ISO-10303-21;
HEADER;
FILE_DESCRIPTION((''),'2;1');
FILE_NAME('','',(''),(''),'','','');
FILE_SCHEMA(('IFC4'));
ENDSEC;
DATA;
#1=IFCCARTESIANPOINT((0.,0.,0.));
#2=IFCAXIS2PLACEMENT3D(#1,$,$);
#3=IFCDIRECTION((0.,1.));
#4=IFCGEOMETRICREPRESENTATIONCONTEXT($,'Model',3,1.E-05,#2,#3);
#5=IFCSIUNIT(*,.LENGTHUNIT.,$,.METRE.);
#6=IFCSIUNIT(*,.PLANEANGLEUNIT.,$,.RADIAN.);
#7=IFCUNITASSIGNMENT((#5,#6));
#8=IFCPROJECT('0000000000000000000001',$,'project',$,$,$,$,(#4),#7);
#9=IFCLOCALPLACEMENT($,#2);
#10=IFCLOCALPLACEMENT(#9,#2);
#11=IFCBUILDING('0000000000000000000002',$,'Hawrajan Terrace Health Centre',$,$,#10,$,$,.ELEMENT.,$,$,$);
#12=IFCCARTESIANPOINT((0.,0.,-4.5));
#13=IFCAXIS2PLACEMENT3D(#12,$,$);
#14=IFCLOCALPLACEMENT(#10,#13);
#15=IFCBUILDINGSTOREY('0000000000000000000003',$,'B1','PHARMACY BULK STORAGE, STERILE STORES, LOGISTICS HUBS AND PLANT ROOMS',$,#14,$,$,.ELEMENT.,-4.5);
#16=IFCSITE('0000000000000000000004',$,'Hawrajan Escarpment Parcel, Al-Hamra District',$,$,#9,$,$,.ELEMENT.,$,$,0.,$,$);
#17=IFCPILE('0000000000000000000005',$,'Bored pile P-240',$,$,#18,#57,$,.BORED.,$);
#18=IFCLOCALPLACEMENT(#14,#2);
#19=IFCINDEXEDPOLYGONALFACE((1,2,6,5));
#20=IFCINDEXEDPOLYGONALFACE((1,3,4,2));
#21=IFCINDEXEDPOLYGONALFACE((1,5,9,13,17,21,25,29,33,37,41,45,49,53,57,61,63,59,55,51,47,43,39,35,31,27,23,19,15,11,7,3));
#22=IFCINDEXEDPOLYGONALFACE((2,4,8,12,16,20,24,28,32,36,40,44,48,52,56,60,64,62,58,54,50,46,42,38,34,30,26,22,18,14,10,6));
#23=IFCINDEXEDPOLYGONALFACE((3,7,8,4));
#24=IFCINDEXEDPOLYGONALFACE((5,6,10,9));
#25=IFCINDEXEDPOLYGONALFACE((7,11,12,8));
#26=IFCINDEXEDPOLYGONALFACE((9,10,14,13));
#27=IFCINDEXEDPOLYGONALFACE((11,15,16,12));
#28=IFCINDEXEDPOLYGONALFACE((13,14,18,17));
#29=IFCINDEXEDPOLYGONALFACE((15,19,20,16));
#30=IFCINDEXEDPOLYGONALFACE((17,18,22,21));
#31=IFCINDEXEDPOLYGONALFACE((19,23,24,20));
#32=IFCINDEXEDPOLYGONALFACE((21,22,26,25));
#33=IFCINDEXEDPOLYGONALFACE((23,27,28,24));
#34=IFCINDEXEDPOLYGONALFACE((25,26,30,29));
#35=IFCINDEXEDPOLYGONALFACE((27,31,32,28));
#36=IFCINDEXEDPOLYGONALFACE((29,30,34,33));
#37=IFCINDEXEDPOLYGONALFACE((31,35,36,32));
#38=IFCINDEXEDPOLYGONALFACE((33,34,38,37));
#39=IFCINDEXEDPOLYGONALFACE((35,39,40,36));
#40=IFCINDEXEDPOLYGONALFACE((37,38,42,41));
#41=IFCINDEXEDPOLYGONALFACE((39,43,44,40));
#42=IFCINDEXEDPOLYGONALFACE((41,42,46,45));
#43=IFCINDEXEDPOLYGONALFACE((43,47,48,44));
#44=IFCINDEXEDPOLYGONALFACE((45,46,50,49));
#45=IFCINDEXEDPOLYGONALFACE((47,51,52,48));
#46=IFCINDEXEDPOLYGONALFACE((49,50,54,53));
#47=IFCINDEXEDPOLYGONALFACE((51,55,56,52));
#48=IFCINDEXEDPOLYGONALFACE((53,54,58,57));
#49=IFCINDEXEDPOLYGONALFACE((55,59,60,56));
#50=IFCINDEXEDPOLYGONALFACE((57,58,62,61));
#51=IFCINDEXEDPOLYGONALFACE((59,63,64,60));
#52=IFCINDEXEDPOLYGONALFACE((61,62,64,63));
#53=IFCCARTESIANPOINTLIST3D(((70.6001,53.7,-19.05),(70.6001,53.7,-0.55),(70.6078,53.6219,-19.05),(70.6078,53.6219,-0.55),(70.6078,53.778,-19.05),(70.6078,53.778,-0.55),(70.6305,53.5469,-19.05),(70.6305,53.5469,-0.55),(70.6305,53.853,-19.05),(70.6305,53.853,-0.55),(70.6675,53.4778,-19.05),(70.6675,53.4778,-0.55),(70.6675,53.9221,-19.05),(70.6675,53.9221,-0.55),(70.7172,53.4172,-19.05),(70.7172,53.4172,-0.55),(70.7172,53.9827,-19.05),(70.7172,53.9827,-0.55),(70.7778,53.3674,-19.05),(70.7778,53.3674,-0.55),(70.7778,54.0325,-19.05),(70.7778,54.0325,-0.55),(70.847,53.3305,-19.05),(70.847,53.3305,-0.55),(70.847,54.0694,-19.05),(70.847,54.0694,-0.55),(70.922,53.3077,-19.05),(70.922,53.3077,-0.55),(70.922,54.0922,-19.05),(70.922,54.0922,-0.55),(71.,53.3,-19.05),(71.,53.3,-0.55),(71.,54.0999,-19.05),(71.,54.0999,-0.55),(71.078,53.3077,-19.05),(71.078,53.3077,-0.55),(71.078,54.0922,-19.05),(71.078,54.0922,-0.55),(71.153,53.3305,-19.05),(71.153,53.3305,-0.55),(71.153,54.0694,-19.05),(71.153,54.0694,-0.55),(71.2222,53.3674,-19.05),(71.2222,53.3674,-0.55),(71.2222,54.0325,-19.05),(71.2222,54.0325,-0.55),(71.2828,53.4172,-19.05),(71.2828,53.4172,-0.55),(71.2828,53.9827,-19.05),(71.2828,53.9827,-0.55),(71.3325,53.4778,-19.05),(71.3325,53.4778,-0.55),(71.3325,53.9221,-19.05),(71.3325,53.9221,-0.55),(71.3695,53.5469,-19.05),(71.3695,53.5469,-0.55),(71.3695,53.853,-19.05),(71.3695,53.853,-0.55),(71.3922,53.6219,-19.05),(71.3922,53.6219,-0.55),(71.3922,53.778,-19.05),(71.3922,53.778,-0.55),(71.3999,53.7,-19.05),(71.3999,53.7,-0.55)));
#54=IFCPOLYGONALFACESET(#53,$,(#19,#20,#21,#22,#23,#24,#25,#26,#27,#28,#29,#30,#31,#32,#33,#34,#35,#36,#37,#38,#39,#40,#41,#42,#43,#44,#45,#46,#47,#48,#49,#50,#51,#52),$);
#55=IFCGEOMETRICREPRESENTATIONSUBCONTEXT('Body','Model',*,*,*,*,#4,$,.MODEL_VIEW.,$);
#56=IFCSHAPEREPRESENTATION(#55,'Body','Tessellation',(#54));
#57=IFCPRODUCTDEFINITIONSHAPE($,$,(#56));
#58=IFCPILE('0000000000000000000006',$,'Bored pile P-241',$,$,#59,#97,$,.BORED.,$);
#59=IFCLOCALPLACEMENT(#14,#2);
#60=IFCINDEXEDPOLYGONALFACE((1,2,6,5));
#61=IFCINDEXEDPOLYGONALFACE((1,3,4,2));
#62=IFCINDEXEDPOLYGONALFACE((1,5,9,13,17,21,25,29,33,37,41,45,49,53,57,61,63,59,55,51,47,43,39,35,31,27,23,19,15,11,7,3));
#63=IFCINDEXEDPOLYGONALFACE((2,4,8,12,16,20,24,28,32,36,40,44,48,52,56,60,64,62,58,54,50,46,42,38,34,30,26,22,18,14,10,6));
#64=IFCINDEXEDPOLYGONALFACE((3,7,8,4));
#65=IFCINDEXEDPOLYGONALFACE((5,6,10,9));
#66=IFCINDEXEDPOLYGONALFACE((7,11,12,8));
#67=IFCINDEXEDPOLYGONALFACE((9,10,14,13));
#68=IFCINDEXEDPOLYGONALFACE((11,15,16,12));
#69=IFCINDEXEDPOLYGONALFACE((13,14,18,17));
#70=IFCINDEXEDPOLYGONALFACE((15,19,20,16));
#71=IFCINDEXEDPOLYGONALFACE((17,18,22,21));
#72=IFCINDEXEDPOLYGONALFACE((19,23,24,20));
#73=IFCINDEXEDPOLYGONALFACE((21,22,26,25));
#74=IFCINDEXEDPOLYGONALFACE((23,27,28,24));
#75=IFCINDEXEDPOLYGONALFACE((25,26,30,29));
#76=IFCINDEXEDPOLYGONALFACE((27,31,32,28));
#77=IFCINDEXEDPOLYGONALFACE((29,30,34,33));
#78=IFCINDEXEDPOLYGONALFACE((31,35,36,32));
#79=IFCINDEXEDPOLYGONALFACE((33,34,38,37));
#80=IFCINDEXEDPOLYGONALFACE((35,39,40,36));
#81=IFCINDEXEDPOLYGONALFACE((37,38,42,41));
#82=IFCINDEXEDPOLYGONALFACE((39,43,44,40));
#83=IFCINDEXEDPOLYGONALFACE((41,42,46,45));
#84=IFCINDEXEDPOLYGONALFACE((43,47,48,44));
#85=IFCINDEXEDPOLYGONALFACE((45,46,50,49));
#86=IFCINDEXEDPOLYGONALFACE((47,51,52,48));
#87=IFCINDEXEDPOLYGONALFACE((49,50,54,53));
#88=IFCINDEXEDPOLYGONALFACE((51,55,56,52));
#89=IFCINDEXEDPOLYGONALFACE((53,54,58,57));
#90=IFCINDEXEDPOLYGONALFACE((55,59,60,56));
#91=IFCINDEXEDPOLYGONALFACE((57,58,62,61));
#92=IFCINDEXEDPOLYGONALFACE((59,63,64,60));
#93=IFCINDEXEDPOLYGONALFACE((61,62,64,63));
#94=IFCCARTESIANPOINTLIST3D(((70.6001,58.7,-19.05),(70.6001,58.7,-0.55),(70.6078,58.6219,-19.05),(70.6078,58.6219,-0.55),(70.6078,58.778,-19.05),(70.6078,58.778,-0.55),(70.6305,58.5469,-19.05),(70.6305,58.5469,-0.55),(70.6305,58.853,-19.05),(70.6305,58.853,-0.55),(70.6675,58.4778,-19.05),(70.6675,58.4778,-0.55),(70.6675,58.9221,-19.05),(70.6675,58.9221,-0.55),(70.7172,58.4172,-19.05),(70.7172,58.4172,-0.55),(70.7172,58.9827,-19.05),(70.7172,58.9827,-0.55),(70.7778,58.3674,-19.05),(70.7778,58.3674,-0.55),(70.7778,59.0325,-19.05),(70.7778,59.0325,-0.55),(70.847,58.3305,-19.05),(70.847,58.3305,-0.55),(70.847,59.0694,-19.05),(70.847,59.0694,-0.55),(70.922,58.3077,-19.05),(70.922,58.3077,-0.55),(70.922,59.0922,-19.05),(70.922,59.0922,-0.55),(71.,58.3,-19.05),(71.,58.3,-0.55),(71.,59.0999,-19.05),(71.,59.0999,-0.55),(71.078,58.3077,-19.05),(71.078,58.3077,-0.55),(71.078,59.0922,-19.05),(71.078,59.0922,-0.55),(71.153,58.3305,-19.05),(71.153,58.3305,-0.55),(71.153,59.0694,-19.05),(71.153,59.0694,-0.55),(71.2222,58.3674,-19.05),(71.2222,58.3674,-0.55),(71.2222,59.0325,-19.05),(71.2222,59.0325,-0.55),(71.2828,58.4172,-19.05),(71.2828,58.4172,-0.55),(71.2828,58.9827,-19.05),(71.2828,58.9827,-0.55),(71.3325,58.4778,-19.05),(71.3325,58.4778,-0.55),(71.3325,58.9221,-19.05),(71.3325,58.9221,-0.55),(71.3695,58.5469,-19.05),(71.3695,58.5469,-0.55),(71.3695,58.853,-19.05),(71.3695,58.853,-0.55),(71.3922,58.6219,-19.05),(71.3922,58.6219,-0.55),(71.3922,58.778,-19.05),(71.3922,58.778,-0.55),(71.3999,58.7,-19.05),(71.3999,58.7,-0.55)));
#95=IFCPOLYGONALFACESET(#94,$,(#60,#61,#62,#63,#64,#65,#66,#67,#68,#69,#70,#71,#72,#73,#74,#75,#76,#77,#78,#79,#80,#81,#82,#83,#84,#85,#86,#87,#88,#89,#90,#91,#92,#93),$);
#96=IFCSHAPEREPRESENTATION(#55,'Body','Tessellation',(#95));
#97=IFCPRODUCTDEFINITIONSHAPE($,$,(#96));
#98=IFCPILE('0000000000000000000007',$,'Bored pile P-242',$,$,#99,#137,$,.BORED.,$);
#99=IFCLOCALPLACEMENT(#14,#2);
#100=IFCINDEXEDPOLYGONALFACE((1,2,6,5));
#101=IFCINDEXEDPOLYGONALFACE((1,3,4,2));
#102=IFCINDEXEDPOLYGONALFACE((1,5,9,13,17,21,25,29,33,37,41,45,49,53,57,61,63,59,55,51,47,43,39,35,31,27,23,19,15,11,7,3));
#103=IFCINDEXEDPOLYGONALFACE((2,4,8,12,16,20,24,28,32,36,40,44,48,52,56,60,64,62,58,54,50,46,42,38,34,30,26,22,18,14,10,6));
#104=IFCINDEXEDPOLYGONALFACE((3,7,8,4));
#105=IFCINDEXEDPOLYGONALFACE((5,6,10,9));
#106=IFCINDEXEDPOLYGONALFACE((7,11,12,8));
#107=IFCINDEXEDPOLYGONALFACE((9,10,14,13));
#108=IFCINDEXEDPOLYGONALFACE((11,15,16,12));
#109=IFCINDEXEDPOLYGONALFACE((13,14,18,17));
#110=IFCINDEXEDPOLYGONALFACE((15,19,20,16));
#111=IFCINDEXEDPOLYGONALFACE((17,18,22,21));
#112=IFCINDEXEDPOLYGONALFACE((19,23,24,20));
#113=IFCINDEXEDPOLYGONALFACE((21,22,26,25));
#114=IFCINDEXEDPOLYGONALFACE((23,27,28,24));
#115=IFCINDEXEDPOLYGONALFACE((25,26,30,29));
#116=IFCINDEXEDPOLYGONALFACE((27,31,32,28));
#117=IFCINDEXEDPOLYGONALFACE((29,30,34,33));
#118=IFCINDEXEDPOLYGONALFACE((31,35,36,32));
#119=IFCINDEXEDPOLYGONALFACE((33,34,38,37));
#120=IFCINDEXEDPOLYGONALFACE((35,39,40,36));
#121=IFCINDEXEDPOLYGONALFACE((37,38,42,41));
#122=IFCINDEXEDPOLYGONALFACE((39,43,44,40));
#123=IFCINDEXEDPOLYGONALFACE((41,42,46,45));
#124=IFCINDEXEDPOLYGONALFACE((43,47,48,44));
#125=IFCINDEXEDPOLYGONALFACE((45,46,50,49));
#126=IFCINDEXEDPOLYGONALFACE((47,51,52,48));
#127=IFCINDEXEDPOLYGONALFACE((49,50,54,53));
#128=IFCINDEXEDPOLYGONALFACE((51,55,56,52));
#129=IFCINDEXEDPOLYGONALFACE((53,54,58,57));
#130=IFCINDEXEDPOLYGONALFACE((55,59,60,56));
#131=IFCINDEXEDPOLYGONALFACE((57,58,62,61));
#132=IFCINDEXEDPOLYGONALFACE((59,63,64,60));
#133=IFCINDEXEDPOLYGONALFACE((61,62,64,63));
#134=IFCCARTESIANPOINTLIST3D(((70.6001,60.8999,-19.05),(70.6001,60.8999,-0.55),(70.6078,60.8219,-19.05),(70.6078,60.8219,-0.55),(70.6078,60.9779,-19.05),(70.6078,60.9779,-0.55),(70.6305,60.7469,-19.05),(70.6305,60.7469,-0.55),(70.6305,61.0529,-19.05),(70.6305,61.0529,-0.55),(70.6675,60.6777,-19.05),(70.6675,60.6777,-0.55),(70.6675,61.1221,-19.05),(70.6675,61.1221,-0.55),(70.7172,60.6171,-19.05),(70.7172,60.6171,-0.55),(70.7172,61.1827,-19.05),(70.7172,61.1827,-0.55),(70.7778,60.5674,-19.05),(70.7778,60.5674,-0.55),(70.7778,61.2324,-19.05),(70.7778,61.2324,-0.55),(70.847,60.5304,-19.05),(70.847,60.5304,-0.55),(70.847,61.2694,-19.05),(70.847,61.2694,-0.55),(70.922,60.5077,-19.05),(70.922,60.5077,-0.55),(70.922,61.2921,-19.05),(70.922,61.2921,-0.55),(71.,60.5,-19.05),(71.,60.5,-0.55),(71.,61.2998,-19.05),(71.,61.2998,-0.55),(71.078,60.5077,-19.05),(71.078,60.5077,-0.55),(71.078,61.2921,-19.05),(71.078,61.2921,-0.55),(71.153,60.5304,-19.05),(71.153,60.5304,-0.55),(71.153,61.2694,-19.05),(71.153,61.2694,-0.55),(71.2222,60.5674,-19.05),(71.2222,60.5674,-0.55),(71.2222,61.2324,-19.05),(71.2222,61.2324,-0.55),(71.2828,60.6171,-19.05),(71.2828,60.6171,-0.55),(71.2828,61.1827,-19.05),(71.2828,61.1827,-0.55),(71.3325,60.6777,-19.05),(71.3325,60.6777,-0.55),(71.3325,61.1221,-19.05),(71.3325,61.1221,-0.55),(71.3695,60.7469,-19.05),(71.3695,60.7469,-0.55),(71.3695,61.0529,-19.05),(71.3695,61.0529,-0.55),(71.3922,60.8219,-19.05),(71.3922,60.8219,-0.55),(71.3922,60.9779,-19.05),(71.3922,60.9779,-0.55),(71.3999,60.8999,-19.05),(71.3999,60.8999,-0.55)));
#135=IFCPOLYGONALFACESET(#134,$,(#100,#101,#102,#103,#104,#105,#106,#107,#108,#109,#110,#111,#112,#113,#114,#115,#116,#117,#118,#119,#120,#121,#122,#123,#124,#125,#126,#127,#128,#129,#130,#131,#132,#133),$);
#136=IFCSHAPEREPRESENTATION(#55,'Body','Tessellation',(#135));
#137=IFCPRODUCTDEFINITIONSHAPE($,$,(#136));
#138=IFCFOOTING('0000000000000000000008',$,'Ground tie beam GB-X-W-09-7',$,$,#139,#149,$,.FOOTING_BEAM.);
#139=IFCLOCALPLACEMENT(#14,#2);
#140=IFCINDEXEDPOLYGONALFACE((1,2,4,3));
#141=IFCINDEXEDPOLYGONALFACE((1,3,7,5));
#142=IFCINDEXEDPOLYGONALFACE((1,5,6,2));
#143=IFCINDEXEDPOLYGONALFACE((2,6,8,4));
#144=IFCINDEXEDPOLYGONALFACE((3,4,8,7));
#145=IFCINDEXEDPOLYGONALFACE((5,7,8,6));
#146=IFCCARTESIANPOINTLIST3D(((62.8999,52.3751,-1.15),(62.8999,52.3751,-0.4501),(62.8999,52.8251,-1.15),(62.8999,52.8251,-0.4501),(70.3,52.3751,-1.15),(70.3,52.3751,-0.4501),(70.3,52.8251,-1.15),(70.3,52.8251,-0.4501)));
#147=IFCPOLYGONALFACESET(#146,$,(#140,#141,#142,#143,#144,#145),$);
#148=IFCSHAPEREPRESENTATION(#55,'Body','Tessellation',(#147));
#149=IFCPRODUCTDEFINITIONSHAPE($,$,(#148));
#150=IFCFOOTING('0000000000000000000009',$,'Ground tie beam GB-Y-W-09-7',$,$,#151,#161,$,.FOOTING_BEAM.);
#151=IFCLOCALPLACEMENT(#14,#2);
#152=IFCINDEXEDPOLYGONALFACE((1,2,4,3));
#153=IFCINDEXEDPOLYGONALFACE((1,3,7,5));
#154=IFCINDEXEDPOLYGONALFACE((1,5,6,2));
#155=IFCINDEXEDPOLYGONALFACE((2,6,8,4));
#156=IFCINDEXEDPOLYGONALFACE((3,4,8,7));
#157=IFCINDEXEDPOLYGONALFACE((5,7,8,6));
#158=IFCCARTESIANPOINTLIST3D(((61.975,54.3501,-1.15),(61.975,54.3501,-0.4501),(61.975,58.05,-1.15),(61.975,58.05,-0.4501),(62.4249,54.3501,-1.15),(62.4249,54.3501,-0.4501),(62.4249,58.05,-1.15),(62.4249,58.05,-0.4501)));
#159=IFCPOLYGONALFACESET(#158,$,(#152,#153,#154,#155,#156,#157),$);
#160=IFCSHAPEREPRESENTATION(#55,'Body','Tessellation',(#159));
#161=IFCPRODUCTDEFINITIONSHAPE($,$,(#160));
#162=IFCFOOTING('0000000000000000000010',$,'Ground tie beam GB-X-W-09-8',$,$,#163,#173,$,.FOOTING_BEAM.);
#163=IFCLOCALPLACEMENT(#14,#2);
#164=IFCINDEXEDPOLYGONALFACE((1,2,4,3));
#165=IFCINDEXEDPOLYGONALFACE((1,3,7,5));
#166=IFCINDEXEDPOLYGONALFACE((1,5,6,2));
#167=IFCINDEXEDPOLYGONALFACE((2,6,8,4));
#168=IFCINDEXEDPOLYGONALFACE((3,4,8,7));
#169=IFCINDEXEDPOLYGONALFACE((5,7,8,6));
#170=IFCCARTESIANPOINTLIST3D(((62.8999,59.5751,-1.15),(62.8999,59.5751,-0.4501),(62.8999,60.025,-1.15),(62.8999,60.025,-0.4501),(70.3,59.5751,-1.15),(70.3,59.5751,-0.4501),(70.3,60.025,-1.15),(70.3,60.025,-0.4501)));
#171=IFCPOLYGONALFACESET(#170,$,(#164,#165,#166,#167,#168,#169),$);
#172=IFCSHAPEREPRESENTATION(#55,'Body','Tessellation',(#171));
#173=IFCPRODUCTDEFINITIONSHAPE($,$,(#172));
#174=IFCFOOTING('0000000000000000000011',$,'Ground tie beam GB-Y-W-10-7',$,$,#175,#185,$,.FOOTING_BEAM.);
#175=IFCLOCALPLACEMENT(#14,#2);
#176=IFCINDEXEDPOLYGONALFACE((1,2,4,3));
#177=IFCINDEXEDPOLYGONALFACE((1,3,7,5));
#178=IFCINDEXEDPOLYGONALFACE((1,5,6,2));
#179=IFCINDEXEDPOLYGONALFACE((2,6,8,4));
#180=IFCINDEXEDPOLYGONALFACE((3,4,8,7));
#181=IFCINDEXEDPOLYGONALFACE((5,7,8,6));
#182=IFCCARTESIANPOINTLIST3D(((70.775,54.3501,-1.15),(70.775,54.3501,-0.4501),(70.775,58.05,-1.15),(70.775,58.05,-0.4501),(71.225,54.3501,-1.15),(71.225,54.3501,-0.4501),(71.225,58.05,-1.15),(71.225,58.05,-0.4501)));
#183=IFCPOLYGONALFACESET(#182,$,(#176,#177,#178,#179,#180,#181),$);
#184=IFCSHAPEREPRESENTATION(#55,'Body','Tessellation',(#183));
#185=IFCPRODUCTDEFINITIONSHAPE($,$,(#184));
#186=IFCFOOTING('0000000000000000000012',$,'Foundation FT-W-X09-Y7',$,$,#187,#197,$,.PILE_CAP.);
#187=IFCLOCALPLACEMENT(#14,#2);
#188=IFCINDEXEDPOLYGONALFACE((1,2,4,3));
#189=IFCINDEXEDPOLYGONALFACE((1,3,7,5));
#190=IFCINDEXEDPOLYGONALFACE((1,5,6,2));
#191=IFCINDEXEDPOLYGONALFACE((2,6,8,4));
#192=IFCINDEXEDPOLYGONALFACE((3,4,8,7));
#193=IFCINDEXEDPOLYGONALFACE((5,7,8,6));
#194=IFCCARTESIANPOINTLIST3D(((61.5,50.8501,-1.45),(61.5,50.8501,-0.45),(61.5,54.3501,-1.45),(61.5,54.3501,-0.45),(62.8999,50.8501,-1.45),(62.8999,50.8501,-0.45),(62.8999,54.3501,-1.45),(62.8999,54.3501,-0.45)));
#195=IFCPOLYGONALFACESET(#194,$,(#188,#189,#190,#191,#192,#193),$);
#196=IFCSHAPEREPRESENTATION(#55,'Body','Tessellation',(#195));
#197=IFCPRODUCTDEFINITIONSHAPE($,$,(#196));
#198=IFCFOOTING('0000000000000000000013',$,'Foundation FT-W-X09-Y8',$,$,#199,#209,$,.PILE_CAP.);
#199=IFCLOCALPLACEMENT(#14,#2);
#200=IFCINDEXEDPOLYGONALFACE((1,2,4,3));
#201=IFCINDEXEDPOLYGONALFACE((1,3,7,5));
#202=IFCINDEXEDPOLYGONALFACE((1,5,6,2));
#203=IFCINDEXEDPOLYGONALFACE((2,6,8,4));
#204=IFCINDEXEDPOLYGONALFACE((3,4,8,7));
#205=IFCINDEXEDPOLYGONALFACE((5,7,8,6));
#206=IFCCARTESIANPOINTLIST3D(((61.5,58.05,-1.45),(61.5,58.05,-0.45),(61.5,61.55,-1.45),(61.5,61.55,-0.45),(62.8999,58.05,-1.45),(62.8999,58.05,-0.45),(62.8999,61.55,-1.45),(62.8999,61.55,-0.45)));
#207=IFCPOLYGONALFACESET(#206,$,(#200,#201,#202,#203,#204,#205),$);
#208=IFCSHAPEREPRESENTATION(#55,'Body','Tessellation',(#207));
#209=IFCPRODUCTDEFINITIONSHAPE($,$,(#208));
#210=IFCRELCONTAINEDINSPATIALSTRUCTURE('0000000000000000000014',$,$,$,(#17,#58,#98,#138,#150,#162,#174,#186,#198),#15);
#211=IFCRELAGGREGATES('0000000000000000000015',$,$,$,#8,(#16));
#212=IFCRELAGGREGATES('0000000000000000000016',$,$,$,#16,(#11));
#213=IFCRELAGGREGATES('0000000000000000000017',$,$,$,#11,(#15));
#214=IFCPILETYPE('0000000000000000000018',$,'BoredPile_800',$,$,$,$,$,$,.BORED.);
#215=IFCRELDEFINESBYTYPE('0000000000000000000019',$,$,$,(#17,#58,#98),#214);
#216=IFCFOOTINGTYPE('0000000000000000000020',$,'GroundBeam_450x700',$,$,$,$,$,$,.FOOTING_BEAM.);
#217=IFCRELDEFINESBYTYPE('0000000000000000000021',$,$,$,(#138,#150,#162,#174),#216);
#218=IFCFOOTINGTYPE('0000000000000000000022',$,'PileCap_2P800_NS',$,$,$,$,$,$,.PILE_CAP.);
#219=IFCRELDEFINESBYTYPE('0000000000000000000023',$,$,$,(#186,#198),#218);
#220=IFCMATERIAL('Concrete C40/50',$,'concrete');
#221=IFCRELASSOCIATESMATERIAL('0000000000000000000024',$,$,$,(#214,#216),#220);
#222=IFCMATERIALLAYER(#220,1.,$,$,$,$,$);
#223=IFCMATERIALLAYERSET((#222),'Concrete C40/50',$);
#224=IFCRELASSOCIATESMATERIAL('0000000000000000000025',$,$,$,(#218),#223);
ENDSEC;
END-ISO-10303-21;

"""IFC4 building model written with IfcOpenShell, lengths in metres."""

from ifc_helpers import new_model, si_unit, direction, frame, origin, origin_2d, place, context, subcontext, project, spatial, rectangle, circle, extrude, material, layer, layer_set, material_profile, profile_set, type_object, element, save


model = new_model("IFC4")

# Units and contexts
model_context = context("Model", 3, precision=1e-05, world=origin(), true_north=direction((0.0, 1.0)))
body_context = subcontext(model_context, "Body", "Model", "MODEL_VIEW")
ifc_project = project(units=[si_unit("LENGTHUNIT", "METRE"), si_unit("PLANEANGLEUNIT", "RADIAN")], contexts=[model_context])

# Site, building, storey
site_placement = place(None, origin())
site = spatial("IfcSite", under=ifc_project, at=site_placement, Name="Hawrajan Escarpment Parcel, Al-Hamra District", CompositionType="ELEMENT", RefElevation=0.0)
building_placement = place(site_placement, origin())
building = spatial("IfcBuilding", under=site, at=building_placement, Name="Hawrajan Terrace Health Centre", CompositionType="ELEMENT")
storey_placement = place(building_placement, frame((0.0, 0.0, -4.5)))
storey = spatial("IfcBuildingStorey", under=building, at=storey_placement, Name="B1", Description="PHARMACY BULK STORAGE, STERILE STORES, LOGISTICS HUBS AND PLANT ROOMS", CompositionType="ELEMENT", Elevation=-4.5)

# Piles
ifc_material_1 = material(Name="Concrete C40/50", Category="concrete")
ifc_material_profile_1 = material_profile(ifc_material_1, circle(Radius=0.3999, at=origin_2d()), Name="BP 800")
ifc_profile_set_1 = profile_set([ifc_material_profile_1], Name="Concrete C40/50")
pile_type = type_object("IfcPileType", Name="BoredPile_800", PredefinedType="BORED", material=ifc_profile_set_1)
for number, where, z_axis, x_axis, name in (
    (1, (71.0, 53.7, -0.55), (0.0, 0.0, -1.0), (1.0, 0.0, 0.0), "Bored pile P-240"),
    (2, (71.0, 58.7, -0.55), (0.0, 0.0, -1.0), (1.0, 0.0, 0.0), "Bored pile P-241"),
    (3, (71.0, 60.8999, -0.55), (0.0, 0.0, -1.0), (1.0, 0.0, 0.0), "Bored pile P-242"),
):
    element("IfcPile", number, at=place(storey_placement, frame(where, z_axis=z_axis, x_axis=x_axis)), inside=storey, type_object=pile_type, Name=name, PredefinedType="BORED", context=body_context, shape_type="SweptSolid", body=[
        extrude(circle(Radius=0.3999, at=origin_2d()), origin(), (0.0, 0.0, 1.0), 18.5),
    ])

# Footings
ifc_material_profile_2 = material_profile(ifc_material_1, rectangle(XDim=0.45, YDim=0.7, at=origin_2d()), Name="RC BM 450x700")
ifc_profile_set_2 = profile_set([ifc_material_profile_2], Name="Concrete C40/50")
footing_type_1 = type_object("IfcFootingType", Name="GroundBeam_450x700", PredefinedType="FOOTING_BEAM", material=ifc_profile_set_2)
footing_1_placement = place(storey_placement, frame((62.8999, 52.6001, -0.8), z_axis=(1.0, 0.0, 0.0), x_axis=(0.0, 1.0, 0.0)))
element("IfcFooting", 4, at=footing_1_placement, inside=storey, type_object=footing_type_1, Name="Ground tie beam GB-X-W-09-7", PredefinedType="FOOTING_BEAM", context=body_context, shape_type="SweptSolid", body=[
    extrude(rectangle(XDim=0.45, YDim=0.7, at=origin_2d()), origin(), (0.0, 0.0, 1.0), 7.4001),
])
footing_2_placement = place(storey_placement, frame((62.2, 54.3501, -0.8), z_axis=(0.0, 1.0, 0.0), x_axis=(-1.0, 0.0, 0.0)))
element("IfcFooting", 5, at=footing_2_placement, inside=storey, type_object=footing_type_1, Name="Ground tie beam GB-Y-W-09-7", PredefinedType="FOOTING_BEAM", context=body_context, shape_type="SweptSolid", body=[
    extrude(rectangle(XDim=0.45, YDim=0.7, at=origin_2d()), origin(), (0.0, 0.0, 1.0), 3.7),
])
footing_3_placement = place(storey_placement, frame((62.8999, 59.8, -0.8), z_axis=(1.0, 0.0, 0.0), x_axis=(0.0, 1.0, 0.0)))
element("IfcFooting", 6, at=footing_3_placement, inside=storey, type_object=footing_type_1, Name="Ground tie beam GB-X-W-09-8", PredefinedType="FOOTING_BEAM", context=body_context, shape_type="SweptSolid", body=[
    extrude(rectangle(XDim=0.45, YDim=0.7, at=origin_2d()), origin(), (0.0, 0.0, 1.0), 7.4001),
])
footing_4_placement = place(storey_placement, frame((71.0, 54.3501, -0.8), z_axis=(0.0, 1.0, 0.0), x_axis=(-1.0, 0.0, 0.0)))
element("IfcFooting", 7, at=footing_4_placement, inside=storey, type_object=footing_type_1, Name="Ground tie beam GB-Y-W-10-7", PredefinedType="FOOTING_BEAM", context=body_context, shape_type="SweptSolid", body=[
    extrude(rectangle(XDim=0.45, YDim=0.7, at=origin_2d()), origin(), (0.0, 0.0, 1.0), 3.7),
])
ifc_layer_1 = layer(ifc_material_1, 1.0)
ifc_layer_set_1 = layer_set([ifc_layer_1], Name="Concrete C40/50")
footing_type_2 = type_object("IfcFootingType", Name="PileCap_2P800_NS", PredefinedType="PILE_CAP", material=ifc_layer_set_1)
for number, where, z_axis, x_axis, name in (
    (8, (62.2, 52.6001, -1.45), (0.0, 0.0, 1.0), (1.0, 0.0, 0.0), "Foundation FT-W-X09-Y7"),
    (9, (62.2, 59.8, -1.45), (0.0, 0.0, 1.0), (1.0, 0.0, 0.0), "Foundation FT-W-X09-Y8"),
):
    element("IfcFooting", number, at=place(storey_placement, frame(where, z_axis=z_axis, x_axis=x_axis)), inside=storey, type_object=footing_type_2, Name=name, PredefinedType="PILE_CAP", context=body_context, shape_type="SweptSolid", body=[
        extrude(rectangle(XDim=1.3999, YDim=3.5, at=origin_2d()), origin(), (0.0, 0.0, 1.0), 1.0),
    ])

save(model, "model.ifc")
